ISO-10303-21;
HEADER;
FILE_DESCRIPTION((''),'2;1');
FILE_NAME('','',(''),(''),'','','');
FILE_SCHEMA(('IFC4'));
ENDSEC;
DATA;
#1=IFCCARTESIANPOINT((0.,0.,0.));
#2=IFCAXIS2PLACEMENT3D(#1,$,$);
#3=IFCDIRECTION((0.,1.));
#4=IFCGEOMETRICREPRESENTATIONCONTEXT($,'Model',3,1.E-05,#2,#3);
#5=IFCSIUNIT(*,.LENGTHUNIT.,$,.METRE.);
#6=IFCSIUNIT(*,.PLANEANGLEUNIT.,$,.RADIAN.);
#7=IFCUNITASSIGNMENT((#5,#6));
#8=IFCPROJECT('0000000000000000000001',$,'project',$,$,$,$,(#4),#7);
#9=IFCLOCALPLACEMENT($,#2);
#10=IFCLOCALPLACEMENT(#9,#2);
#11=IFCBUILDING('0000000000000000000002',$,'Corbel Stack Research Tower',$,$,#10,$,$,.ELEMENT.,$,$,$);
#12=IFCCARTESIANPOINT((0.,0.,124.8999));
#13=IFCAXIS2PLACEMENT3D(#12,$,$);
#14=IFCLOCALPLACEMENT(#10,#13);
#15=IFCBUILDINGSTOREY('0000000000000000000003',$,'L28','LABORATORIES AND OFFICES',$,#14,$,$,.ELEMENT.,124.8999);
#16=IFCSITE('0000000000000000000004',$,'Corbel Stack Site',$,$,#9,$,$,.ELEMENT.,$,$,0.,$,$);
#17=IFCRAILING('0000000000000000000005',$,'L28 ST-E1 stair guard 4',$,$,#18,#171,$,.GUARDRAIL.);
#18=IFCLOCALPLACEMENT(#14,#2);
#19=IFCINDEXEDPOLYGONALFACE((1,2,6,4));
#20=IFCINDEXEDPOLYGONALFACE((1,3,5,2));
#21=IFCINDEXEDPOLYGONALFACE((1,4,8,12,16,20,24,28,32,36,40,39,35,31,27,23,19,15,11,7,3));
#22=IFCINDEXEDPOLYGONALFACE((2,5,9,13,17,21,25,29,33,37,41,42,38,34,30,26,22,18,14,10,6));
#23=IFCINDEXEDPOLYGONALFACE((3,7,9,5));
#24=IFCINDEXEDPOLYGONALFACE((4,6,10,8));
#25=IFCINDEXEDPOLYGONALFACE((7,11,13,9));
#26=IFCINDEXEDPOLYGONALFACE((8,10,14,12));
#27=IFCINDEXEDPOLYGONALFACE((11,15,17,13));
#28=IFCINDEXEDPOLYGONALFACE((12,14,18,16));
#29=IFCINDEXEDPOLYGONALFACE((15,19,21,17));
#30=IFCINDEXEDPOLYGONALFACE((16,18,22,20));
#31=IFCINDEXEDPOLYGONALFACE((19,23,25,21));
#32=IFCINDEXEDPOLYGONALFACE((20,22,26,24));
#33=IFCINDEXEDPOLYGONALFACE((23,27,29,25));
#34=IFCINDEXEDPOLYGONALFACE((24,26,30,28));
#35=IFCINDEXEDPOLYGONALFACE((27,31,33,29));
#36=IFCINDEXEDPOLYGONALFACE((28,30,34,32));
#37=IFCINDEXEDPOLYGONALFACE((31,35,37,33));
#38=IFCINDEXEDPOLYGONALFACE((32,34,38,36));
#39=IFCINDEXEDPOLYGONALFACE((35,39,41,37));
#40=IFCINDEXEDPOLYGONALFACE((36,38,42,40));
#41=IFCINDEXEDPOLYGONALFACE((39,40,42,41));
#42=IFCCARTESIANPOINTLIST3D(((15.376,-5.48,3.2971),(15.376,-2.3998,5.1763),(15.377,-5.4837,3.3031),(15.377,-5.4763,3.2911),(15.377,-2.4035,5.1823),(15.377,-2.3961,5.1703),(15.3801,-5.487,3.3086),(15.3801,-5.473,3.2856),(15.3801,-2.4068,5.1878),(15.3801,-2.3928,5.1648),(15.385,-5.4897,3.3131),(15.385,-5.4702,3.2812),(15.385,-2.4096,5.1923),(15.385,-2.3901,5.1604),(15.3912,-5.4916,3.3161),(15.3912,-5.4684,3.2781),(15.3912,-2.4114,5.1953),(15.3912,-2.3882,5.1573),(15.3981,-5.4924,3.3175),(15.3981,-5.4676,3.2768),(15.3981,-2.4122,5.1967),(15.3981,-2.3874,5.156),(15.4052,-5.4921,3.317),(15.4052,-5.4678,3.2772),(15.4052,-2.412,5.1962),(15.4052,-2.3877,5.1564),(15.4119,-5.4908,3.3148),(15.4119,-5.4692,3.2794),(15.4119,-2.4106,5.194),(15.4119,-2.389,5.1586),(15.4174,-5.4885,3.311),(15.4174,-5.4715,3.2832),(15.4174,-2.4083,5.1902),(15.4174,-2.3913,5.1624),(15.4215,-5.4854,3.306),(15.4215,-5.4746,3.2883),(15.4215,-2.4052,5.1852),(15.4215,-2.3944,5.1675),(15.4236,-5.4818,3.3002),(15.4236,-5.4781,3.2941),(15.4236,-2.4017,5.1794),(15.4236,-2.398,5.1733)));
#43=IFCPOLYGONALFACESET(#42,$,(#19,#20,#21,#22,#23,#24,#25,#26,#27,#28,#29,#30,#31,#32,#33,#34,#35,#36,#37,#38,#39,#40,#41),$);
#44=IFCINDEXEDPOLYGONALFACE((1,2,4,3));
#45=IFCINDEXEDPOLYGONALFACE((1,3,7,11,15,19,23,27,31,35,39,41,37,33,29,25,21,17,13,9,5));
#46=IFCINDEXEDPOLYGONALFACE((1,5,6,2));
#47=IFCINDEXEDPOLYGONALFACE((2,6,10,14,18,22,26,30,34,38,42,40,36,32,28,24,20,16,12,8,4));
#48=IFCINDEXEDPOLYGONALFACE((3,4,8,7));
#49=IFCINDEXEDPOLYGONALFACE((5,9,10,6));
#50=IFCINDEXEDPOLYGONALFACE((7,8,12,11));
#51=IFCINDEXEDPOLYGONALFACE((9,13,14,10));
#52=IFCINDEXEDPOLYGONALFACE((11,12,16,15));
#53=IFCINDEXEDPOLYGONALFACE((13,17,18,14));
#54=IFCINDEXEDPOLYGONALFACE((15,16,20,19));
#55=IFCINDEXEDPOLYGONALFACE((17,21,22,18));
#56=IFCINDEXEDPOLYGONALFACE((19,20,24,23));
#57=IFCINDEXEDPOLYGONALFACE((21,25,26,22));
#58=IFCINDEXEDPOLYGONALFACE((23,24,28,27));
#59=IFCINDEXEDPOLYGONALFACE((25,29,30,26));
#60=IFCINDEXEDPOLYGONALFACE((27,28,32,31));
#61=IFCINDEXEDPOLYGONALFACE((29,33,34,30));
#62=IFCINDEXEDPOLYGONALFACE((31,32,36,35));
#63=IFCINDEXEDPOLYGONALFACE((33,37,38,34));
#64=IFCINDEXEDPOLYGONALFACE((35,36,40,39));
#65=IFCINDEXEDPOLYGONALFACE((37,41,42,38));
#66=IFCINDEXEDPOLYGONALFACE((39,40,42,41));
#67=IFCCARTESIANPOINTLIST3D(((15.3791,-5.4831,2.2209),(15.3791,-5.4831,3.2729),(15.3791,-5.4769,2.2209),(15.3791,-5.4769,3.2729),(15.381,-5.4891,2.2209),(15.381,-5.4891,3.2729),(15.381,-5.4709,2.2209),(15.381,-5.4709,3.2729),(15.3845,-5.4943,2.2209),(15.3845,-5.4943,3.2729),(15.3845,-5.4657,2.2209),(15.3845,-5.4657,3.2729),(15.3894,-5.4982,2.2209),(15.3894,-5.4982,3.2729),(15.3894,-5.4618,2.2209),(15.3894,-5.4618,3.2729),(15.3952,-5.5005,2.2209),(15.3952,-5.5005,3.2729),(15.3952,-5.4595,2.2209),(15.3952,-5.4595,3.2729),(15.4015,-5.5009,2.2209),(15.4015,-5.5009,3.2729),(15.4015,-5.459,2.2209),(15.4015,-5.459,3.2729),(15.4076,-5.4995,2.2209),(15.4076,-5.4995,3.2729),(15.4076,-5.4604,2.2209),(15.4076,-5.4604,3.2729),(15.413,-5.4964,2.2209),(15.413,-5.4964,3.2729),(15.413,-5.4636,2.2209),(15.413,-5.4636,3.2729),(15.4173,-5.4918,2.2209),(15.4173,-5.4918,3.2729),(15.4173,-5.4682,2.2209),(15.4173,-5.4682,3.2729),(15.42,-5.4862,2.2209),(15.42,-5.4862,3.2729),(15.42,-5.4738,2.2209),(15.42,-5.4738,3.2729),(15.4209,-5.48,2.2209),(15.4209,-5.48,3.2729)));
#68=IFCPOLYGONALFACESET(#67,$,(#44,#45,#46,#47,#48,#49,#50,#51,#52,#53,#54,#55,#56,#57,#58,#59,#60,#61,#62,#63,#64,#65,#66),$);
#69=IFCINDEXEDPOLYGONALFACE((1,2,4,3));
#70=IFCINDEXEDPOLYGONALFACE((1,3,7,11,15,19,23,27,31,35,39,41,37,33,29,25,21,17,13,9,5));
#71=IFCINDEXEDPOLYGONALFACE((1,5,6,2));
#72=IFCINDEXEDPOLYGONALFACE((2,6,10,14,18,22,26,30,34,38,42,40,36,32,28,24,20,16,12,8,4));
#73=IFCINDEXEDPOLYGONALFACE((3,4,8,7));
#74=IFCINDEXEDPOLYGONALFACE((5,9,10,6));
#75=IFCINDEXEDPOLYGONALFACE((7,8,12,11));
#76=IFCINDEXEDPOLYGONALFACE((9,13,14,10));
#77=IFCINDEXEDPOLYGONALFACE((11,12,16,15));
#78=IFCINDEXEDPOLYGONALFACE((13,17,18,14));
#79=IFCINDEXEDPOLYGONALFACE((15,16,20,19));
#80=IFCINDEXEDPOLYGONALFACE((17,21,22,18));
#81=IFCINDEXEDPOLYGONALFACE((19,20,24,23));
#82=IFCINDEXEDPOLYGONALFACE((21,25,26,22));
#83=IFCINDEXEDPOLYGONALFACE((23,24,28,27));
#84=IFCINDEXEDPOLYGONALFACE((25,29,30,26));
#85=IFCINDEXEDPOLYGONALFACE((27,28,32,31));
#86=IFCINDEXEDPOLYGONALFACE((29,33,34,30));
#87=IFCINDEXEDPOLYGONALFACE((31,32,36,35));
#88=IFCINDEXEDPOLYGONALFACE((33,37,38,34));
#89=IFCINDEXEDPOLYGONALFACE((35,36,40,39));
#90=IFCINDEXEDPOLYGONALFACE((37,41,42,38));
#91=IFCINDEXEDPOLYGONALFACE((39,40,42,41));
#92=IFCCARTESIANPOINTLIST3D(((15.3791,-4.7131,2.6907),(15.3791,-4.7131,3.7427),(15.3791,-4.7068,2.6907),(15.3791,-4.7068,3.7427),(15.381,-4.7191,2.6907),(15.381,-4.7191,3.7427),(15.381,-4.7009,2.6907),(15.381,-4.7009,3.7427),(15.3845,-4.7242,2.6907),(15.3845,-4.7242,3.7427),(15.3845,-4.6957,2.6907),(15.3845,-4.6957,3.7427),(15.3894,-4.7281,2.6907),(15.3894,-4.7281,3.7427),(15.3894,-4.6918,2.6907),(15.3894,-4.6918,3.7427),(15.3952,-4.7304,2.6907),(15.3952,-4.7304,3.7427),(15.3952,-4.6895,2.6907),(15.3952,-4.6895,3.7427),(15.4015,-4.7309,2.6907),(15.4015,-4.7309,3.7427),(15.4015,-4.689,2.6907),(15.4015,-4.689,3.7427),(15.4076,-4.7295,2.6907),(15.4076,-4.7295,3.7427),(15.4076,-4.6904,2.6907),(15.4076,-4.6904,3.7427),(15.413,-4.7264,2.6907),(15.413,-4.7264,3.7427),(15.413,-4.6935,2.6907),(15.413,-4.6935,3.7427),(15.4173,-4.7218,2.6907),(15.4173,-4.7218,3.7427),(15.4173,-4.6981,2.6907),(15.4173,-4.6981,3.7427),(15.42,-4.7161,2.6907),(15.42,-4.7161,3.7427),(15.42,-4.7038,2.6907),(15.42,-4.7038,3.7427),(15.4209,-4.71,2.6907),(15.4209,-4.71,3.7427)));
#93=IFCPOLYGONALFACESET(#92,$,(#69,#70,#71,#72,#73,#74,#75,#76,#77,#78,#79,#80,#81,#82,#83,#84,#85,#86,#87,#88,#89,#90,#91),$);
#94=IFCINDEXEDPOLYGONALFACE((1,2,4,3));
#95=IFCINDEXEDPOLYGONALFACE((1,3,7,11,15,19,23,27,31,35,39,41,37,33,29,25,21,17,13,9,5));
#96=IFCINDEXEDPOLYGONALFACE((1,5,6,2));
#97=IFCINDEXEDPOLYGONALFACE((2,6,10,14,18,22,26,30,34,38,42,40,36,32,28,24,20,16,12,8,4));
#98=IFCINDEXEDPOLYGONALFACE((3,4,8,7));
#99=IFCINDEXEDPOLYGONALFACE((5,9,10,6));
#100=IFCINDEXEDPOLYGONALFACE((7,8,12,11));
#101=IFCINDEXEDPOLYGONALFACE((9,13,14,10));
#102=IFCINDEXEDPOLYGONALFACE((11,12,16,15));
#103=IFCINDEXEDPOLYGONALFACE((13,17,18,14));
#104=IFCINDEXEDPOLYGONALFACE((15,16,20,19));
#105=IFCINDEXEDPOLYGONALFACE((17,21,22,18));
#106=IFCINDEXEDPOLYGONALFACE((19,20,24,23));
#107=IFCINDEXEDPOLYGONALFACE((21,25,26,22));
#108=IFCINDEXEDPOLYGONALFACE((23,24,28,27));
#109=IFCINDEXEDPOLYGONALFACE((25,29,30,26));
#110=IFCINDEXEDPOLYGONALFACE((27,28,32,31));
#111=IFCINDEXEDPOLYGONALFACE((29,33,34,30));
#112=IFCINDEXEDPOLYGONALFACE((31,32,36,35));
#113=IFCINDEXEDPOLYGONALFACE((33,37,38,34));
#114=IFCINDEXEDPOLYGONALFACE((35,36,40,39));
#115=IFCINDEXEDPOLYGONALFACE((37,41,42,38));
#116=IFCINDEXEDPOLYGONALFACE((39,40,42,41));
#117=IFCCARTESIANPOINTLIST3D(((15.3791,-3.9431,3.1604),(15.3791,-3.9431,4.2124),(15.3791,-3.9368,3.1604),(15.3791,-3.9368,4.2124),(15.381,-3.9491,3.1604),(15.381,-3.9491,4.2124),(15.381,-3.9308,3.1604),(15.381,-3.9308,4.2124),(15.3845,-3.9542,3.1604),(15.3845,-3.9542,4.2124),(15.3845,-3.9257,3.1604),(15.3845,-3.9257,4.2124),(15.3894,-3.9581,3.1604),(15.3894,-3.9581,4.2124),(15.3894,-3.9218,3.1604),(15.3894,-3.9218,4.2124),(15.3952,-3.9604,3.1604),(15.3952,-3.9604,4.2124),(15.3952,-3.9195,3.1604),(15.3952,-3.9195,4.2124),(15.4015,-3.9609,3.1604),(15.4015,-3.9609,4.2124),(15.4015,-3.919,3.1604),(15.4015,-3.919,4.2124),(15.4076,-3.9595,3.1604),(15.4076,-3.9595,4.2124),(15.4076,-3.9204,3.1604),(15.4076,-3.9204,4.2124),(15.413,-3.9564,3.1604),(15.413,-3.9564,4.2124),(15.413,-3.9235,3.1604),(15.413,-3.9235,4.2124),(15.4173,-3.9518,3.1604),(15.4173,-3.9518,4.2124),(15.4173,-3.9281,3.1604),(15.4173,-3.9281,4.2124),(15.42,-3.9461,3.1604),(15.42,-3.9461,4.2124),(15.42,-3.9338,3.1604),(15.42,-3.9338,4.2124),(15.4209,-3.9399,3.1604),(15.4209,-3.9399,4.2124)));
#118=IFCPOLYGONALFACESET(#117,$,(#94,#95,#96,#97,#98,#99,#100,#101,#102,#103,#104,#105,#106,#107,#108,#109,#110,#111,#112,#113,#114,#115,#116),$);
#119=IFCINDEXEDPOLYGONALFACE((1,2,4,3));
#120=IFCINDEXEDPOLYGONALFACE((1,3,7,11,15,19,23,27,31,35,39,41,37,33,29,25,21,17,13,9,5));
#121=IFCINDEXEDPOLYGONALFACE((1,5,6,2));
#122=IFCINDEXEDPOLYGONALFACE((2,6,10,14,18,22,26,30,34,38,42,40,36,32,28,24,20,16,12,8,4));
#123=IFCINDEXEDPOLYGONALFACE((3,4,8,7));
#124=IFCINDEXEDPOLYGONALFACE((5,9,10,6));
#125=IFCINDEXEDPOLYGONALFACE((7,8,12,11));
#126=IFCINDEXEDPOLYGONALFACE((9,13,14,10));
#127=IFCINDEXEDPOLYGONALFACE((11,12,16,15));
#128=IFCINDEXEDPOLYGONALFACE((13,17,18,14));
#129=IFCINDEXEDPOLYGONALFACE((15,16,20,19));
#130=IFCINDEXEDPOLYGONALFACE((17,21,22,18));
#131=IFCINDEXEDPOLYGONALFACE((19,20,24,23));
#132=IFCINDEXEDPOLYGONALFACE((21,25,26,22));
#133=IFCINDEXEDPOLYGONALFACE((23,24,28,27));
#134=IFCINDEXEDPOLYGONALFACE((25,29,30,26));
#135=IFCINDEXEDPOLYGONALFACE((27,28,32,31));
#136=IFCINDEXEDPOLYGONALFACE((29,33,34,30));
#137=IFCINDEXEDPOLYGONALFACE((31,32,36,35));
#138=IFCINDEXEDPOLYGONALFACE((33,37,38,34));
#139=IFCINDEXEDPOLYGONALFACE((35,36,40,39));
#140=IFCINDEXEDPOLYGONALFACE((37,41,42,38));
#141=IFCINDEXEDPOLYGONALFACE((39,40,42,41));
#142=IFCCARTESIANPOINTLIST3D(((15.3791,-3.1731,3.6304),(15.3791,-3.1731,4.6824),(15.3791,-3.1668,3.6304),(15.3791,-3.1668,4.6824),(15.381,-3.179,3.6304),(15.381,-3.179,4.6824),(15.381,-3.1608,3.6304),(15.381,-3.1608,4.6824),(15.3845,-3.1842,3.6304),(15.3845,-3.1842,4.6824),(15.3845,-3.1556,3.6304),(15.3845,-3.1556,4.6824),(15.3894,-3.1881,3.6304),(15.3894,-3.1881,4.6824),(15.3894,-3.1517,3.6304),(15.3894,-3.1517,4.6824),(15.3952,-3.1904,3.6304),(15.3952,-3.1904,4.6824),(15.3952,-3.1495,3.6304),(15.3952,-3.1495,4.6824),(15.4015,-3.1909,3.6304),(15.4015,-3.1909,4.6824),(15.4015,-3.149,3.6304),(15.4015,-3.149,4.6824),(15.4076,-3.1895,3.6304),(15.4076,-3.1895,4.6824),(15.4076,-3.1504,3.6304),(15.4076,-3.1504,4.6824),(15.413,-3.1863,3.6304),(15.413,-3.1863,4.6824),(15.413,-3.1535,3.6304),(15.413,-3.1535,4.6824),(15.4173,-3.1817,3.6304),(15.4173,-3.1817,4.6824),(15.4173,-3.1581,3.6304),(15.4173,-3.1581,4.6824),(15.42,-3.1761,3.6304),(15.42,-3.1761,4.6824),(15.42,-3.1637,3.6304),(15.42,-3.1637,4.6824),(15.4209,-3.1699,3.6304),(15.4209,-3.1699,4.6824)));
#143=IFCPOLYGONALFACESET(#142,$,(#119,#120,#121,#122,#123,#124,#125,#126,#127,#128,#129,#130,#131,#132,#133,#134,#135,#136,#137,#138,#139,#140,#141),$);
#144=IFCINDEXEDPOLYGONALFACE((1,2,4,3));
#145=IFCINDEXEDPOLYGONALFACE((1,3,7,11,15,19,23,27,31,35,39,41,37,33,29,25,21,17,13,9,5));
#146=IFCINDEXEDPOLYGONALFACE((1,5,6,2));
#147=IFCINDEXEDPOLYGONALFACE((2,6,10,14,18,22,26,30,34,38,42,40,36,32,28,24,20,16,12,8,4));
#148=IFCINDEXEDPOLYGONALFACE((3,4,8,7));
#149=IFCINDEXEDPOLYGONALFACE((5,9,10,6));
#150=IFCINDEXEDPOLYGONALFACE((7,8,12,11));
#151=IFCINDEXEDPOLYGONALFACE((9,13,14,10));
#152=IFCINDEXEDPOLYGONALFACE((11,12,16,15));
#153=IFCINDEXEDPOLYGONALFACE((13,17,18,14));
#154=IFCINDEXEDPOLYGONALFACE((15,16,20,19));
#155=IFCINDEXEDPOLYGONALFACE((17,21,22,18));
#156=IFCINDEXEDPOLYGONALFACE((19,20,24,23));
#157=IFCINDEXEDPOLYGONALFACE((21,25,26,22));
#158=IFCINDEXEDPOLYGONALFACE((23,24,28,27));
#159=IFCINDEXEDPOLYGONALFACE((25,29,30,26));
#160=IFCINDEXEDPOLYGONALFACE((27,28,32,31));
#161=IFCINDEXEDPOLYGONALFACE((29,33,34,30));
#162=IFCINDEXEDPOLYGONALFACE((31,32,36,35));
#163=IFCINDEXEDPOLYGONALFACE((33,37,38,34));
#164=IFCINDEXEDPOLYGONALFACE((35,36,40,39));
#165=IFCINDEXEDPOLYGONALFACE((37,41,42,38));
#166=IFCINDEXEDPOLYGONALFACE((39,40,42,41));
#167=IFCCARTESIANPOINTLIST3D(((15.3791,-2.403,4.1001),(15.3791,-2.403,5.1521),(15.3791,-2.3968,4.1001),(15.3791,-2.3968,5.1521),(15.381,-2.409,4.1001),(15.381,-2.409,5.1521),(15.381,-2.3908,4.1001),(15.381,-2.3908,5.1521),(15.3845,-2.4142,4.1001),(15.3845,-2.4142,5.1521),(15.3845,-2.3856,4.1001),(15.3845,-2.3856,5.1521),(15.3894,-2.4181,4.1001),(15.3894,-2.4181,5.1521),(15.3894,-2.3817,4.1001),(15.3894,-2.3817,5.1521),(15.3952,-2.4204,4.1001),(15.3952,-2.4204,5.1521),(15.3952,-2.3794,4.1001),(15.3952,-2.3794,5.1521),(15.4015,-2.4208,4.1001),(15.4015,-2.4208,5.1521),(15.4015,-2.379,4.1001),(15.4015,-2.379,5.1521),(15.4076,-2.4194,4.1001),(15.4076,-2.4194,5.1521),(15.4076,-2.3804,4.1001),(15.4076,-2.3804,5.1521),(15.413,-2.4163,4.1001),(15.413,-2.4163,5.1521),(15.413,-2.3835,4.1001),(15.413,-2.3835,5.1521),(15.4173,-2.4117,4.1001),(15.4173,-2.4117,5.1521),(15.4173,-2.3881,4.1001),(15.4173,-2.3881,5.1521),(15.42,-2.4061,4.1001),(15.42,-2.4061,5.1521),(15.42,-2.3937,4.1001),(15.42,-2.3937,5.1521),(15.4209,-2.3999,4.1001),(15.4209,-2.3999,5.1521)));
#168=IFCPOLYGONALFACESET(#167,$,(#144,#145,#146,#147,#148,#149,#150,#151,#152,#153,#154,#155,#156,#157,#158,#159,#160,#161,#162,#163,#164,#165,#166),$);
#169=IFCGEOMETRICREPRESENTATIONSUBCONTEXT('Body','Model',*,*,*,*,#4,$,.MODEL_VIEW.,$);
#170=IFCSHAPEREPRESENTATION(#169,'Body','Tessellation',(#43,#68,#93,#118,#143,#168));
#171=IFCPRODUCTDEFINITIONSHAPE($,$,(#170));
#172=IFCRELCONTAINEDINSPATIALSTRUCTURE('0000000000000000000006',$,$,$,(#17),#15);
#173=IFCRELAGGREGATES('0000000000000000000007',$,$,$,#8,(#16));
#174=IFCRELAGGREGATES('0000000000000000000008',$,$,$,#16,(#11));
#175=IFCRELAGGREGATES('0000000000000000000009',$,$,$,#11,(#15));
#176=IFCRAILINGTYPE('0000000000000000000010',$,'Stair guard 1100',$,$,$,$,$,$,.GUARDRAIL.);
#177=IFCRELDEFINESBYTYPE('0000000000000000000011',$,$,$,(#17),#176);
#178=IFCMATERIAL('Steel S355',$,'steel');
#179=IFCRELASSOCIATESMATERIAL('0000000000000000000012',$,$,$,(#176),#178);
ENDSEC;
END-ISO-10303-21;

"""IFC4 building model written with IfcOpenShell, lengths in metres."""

from ifc_helpers import new_model, si_unit, direction, frame, origin, origin_2d, place, context, subcontext, project, spatial, circle, extrude, material, type_object, element, save


model = new_model("IFC4")

# Units and contexts
model_context = context("Model", 3, precision=1e-05, world=origin(), true_north=direction((0.0, 1.0)))
body_context = subcontext(model_context, "Body", "Model", "MODEL_VIEW")
ifc_project = project(units=[si_unit("LENGTHUNIT", "METRE"), si_unit("PLANEANGLEUNIT", "RADIAN")], contexts=[model_context])

# Site, building, storey
site_placement = place(None, origin())
site = spatial("IfcSite", under=ifc_project, at=site_placement, Name="Corbel Stack Site", CompositionType="ELEMENT", RefElevation=0.0)
building_placement = place(site_placement, origin())
building = spatial("IfcBuilding", under=site, at=building_placement, Name="Corbel Stack Research Tower", CompositionType="ELEMENT")
storey_placement = place(building_placement, frame((0.0, 0.0, 124.8999)))
storey = spatial("IfcBuildingStorey", under=building, at=storey_placement, Name="L28", Description="LABORATORIES AND OFFICES", CompositionType="ELEMENT", Elevation=124.8999)

# Railing
ifc_material_1 = material(Name="Steel S355", Category="steel")
railing_type_1 = type_object("IfcRailingType", Name="Stair guard 1100", PredefinedType="GUARDRAIL", material=ifc_material_1)
railing_1_placement = place(storey_placement, frame((15.3999, -5.48, 2.2209)))
element("IfcRailing", 1, at=railing_1_placement, inside=storey, type_object=railing_type_1, Name="L28 ST-E1 stair guard 4", PredefinedType="GUARDRAIL", context=body_context, shape_type="SweptSolid", body=[
    extrude(circle(Radius=0.0239, at=origin_2d()), frame((0.0, 0.0, 1.0762), z_axis=(0.0, 0.853666, 0.52082), x_axis=(-1.0, 0.0, 0.0)), (0.0, 0.0, 1.0), 3.6082),
    extrude(circle(Radius=0.021, at=origin_2d()), origin(), (0.0, 0.0, 1.0), 1.052),
    extrude(circle(Radius=0.021, at=origin_2d()), frame((0.0, 0.77, 0.4697)), (0.0, 0.0, 1.0), 1.052),
    extrude(circle(Radius=0.021, at=origin_2d()), frame((0.0, 1.54, 0.9395)), (0.0, 0.0, 1.0), 1.052),
    extrude(circle(Radius=0.021, at=origin_2d()), frame((0.0, 2.3101, 1.4094)), (0.0, 0.0, 1.0), 1.052),
    extrude(circle(Radius=0.021, at=origin_2d()), frame((0.0, 3.0801, 1.8792)), (0.0, 0.0, 1.0), 1.052),
])

save(model, "model.ifc")
